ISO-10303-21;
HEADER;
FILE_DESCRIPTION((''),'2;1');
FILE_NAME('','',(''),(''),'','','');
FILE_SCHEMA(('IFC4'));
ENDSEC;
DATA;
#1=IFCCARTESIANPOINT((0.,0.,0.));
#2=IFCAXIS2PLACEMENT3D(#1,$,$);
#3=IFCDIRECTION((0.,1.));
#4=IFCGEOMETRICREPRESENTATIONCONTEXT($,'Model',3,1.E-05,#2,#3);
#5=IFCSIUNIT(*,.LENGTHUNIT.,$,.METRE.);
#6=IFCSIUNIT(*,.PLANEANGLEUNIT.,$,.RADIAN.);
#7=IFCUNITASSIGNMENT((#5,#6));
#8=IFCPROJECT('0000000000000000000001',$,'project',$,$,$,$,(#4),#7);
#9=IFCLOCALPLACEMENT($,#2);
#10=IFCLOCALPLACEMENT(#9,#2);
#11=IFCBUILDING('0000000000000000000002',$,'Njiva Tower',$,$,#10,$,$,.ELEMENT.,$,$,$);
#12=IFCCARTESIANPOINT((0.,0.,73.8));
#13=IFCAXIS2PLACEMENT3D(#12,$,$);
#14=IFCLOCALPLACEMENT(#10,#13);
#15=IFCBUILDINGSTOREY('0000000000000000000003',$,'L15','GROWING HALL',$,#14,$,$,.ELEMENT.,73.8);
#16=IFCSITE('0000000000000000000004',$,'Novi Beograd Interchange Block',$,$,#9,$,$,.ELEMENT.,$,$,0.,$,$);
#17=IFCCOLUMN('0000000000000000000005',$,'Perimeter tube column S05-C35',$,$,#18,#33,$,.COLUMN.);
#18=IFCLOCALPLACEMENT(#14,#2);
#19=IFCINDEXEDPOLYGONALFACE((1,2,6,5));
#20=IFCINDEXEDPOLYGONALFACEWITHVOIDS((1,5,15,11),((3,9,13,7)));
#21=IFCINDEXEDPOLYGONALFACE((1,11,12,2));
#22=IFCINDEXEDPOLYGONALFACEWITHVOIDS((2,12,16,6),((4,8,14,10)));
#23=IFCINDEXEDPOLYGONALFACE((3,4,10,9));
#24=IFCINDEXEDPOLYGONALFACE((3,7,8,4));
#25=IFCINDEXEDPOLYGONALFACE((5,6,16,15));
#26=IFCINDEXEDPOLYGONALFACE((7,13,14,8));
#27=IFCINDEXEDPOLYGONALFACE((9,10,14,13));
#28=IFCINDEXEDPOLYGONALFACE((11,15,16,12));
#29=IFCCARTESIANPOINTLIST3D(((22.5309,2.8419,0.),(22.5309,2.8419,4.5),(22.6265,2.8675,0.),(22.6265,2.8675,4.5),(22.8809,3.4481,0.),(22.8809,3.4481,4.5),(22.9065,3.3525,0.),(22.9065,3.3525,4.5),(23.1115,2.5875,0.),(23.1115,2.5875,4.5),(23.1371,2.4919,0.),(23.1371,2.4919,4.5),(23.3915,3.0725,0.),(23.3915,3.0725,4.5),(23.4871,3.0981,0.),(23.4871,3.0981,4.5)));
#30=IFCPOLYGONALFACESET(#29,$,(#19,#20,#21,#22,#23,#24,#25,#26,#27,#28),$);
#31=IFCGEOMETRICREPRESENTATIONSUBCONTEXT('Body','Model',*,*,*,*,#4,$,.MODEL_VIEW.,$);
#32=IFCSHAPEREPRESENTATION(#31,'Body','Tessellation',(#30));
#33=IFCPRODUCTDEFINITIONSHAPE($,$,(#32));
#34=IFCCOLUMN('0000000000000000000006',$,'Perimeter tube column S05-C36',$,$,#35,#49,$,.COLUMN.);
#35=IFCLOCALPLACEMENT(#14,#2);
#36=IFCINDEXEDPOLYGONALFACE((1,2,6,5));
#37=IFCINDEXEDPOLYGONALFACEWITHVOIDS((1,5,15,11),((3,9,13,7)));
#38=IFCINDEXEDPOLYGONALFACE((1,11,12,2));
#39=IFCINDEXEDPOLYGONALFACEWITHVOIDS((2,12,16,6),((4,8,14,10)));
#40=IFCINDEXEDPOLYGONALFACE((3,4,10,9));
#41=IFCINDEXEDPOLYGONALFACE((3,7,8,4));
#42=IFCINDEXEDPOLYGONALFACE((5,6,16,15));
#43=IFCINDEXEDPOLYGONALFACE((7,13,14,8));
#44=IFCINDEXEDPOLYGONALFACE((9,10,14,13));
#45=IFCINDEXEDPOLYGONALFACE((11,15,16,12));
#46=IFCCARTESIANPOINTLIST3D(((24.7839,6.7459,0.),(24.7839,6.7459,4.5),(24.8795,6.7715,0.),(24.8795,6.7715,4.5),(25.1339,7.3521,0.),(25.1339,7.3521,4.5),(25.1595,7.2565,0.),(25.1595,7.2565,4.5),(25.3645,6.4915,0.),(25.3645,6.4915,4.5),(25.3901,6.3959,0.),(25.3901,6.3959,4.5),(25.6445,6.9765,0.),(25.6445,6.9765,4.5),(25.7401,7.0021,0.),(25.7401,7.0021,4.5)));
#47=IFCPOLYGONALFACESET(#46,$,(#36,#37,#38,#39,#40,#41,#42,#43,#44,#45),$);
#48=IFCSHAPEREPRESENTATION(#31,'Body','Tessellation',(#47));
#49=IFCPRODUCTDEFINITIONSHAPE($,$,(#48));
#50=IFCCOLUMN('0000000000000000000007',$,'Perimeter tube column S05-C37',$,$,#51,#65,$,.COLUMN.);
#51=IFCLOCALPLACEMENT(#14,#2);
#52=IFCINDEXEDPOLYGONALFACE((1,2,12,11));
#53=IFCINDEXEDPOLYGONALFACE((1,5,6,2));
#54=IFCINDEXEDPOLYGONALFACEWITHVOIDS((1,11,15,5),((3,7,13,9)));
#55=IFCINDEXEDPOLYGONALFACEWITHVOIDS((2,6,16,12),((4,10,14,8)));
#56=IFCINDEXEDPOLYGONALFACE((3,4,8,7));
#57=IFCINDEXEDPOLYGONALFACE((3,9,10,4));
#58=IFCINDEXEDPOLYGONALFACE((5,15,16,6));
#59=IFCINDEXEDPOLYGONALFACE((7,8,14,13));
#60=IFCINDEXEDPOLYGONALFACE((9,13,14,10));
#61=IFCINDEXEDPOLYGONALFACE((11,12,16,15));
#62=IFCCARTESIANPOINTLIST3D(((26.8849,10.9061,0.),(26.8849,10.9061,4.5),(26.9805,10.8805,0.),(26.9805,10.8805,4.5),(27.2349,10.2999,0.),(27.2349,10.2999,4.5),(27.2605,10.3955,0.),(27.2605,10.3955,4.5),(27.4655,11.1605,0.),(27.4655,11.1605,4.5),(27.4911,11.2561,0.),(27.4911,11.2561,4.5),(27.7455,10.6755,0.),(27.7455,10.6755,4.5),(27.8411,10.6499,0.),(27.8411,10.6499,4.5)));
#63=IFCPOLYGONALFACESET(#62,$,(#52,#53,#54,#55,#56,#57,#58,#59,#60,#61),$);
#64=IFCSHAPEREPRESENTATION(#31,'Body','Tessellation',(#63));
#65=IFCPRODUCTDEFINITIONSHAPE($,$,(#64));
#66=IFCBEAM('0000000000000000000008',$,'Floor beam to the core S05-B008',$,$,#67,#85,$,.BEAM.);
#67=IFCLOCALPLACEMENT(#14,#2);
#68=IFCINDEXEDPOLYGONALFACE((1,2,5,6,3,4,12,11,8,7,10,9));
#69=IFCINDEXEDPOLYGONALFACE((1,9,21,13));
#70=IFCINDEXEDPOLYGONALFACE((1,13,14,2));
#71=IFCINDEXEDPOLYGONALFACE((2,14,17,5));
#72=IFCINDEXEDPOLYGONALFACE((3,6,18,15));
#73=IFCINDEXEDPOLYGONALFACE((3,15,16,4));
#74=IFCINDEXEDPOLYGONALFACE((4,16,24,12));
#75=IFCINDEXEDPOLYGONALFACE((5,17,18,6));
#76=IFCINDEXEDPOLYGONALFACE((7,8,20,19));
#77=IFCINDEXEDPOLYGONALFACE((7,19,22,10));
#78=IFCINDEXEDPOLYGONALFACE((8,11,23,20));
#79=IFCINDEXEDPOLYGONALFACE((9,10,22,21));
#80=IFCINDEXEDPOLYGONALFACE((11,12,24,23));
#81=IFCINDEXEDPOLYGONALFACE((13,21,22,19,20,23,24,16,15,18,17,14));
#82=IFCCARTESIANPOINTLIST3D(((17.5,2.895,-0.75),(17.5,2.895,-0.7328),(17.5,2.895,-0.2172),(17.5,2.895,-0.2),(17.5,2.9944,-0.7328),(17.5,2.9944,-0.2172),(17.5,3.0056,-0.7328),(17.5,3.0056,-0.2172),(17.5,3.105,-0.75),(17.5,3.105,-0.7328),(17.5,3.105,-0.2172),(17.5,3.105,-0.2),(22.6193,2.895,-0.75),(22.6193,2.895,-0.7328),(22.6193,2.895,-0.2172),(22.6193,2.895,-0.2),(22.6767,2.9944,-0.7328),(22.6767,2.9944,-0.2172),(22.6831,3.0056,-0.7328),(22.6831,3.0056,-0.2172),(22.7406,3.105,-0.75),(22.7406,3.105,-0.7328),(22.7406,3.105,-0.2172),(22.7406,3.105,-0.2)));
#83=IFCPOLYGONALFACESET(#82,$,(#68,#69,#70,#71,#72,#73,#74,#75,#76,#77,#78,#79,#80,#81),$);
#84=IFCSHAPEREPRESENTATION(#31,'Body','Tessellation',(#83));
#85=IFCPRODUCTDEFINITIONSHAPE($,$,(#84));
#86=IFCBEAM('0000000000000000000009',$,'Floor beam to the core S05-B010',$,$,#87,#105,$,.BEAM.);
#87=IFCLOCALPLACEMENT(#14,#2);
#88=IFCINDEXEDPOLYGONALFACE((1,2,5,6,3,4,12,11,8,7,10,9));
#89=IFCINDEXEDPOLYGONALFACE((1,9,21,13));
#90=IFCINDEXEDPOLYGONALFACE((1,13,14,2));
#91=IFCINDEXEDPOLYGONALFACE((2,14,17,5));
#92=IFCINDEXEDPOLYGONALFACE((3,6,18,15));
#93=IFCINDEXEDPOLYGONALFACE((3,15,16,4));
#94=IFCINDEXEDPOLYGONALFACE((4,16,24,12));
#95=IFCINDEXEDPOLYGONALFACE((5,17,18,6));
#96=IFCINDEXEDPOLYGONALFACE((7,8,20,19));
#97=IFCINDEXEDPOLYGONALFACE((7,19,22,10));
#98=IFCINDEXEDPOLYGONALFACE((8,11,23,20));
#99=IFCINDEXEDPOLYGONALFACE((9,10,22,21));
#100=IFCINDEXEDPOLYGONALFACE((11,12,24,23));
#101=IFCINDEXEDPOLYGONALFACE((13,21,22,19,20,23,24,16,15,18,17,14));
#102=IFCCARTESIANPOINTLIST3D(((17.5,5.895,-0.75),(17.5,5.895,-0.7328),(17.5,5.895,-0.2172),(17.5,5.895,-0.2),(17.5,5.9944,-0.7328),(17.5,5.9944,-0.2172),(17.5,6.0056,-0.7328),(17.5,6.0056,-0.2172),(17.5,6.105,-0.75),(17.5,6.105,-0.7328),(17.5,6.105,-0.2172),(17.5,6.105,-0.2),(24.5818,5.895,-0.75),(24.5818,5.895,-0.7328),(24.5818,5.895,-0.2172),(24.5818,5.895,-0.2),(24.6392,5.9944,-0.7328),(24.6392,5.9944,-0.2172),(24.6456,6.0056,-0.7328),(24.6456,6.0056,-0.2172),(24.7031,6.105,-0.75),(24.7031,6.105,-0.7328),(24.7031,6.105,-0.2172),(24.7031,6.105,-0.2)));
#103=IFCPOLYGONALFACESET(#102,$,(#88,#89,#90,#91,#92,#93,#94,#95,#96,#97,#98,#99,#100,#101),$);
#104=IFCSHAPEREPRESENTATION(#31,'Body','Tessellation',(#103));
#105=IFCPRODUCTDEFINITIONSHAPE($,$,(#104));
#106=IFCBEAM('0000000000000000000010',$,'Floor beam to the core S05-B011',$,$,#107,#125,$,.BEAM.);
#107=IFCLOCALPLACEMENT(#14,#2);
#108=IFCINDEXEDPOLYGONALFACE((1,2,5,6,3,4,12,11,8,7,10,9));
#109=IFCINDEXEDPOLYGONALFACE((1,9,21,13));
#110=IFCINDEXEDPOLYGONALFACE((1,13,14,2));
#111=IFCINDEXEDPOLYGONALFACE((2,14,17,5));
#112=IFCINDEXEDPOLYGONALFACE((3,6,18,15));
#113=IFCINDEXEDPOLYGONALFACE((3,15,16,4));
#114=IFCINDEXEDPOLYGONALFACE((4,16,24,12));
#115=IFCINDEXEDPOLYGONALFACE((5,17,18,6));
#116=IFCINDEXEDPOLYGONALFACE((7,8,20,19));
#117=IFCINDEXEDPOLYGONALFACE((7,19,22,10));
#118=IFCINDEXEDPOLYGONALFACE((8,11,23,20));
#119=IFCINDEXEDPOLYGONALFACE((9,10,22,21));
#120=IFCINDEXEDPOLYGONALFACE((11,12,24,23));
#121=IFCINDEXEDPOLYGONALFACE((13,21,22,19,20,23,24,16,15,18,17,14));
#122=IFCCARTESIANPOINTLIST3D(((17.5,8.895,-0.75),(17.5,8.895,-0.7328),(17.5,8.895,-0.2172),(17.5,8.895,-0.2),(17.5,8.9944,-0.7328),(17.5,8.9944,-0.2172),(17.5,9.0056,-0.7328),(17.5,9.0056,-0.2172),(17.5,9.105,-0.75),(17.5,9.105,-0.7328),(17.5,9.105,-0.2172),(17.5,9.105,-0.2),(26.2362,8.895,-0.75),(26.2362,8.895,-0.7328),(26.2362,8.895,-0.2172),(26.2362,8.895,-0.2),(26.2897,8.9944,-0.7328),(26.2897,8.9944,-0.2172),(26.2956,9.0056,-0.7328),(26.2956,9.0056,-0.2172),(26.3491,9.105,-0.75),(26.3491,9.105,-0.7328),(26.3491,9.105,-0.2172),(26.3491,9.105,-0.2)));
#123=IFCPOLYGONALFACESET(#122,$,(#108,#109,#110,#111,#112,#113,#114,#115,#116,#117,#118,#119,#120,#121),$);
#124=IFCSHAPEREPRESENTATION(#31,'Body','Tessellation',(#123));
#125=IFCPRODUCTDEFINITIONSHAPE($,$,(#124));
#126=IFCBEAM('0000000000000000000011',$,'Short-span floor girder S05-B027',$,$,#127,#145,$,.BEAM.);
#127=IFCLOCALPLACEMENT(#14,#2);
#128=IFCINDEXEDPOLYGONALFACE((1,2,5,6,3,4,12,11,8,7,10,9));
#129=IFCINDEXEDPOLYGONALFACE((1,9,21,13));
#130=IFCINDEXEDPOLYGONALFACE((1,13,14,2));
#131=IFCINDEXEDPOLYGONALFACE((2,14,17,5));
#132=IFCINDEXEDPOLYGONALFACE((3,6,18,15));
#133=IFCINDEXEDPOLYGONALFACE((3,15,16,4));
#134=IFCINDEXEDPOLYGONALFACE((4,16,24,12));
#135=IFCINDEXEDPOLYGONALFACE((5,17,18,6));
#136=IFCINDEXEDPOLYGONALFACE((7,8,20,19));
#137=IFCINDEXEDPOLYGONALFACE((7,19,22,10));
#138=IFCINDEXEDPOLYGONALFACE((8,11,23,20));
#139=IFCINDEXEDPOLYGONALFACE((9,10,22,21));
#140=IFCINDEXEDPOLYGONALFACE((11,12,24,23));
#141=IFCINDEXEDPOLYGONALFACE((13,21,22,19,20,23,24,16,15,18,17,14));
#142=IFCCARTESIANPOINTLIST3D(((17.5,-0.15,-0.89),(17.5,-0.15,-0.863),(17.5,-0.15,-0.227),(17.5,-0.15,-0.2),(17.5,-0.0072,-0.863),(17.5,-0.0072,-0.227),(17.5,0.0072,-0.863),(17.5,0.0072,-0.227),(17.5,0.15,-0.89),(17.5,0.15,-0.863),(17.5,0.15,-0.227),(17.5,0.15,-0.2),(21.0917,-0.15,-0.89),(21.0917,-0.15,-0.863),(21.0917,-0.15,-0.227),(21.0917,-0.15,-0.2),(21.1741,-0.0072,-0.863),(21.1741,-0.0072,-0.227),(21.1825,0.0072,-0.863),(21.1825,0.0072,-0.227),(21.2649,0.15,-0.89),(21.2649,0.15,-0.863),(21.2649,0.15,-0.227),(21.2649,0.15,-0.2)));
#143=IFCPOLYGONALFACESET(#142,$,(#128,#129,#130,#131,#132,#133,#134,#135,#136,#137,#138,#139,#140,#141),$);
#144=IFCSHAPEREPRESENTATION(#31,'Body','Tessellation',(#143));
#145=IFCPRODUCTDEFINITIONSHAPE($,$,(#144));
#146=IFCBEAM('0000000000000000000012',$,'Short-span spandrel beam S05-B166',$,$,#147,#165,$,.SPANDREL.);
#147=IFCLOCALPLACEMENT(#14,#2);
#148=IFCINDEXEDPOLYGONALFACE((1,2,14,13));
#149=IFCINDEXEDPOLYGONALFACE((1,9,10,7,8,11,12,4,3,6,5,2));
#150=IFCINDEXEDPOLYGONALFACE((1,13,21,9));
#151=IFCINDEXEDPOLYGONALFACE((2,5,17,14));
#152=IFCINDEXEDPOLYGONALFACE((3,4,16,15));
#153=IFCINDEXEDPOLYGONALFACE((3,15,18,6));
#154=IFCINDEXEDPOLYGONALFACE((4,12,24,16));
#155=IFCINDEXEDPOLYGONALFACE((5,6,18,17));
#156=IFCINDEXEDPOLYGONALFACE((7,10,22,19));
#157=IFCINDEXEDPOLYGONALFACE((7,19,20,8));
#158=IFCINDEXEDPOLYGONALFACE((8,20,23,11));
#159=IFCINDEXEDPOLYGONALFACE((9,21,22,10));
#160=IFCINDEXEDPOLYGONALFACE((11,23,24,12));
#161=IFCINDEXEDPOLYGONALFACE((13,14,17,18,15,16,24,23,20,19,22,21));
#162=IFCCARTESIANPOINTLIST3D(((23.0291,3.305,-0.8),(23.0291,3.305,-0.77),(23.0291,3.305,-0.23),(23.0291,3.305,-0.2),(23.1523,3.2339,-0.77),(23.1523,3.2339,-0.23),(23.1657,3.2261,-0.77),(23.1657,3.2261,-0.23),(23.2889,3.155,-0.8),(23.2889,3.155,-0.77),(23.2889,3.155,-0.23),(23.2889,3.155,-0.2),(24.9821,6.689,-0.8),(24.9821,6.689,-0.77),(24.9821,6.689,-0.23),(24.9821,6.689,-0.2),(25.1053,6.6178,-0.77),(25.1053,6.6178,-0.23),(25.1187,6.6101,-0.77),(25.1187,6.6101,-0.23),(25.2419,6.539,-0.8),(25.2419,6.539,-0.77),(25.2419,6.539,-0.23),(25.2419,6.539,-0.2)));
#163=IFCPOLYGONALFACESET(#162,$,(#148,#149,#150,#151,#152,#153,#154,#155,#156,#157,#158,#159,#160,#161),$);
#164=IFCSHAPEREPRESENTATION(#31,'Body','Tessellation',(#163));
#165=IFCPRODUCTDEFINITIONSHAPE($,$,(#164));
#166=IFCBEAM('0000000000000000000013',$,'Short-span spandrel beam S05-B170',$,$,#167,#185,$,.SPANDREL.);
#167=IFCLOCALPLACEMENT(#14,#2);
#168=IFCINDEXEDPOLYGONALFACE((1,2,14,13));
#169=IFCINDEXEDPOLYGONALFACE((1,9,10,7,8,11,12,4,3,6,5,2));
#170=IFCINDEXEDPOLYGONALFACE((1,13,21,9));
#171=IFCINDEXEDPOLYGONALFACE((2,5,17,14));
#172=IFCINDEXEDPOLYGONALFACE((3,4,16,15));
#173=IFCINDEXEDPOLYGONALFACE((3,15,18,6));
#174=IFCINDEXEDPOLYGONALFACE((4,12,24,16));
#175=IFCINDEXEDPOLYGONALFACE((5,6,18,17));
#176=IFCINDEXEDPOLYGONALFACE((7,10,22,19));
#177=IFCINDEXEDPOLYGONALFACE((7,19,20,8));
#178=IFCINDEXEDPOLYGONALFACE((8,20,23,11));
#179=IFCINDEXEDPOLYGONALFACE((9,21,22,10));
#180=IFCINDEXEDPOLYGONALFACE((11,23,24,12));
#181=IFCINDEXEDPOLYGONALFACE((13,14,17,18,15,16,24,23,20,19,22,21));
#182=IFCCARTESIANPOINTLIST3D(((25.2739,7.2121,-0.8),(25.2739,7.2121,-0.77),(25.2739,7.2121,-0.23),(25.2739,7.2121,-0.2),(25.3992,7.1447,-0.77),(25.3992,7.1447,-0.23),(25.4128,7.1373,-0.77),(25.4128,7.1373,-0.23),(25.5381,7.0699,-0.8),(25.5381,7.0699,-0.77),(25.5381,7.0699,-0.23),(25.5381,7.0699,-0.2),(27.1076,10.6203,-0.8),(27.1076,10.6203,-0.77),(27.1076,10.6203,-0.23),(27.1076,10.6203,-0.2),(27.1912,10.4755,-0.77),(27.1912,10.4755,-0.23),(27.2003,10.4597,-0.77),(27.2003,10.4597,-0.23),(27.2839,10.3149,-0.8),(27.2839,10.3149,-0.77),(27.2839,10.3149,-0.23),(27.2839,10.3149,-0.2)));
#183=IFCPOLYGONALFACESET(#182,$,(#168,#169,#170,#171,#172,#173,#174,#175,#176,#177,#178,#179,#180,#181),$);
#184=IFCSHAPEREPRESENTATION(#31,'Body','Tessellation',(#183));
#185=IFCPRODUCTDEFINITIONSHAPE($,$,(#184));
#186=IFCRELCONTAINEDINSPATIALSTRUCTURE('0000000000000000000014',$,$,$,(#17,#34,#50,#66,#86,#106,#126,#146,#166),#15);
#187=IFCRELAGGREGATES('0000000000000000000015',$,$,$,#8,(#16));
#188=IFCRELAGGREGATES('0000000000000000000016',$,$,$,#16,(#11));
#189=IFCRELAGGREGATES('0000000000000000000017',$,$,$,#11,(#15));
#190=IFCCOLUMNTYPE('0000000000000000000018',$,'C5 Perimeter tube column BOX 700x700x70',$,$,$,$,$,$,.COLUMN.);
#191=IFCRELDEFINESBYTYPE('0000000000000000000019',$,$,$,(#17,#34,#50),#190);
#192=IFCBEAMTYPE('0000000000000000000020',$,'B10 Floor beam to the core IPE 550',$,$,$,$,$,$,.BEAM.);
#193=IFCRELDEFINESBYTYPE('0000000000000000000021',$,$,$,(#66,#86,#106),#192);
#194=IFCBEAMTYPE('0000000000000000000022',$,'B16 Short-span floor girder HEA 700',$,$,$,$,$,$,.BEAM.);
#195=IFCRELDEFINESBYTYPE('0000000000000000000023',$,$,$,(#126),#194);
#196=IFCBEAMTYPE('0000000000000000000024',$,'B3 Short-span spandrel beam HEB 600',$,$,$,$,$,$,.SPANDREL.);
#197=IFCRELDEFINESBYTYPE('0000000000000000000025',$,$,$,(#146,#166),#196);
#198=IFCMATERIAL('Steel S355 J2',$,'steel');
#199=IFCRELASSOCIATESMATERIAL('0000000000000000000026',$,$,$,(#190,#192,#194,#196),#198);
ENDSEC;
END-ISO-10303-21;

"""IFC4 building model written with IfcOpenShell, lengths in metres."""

from ifc_helpers import new_model, si_unit, direction, frame, origin, origin_2d, place, context, subcontext, project, spatial, hollow_rectangle, i_section, extrude, clip, halfspace, material, material_profile, profile_set, type_object, element, save


model = new_model("IFC4")

# Units and contexts
model_context = context("Model", 3, precision=1e-05, world=origin(), true_north=direction((0.0, 1.0)))
body_context = subcontext(model_context, "Body", "Model", "MODEL_VIEW")
ifc_project = project(units=[si_unit("LENGTHUNIT", "METRE"), si_unit("PLANEANGLEUNIT", "RADIAN")], contexts=[model_context])

# Site, building, storey
site_placement = place(None, origin())
site = spatial("IfcSite", under=ifc_project, at=site_placement, Name="Novi Beograd Interchange Block", CompositionType="ELEMENT", RefElevation=0.0)
building_placement = place(site_placement, origin())
building = spatial("IfcBuilding", under=site, at=building_placement, Name="Njiva Tower", CompositionType="ELEMENT")
storey_placement = place(building_placement, frame((0.0, 0.0, 73.8)))
storey = spatial("IfcBuildingStorey", under=building, at=storey_placement, Name="L15", Description="GROWING HALL", CompositionType="ELEMENT", Elevation=73.8)

# Columns
ifc_material_1 = material(Name="Steel S355 J2", Category="steel")
ifc_material_profile_1 = material_profile(ifc_material_1, hollow_rectangle(XDim=0.7, YDim=0.7, WallThickness=0.07, at=origin_2d()), Name="BOX 700x700x70")
ifc_profile_set_1 = profile_set([ifc_material_profile_1], Name="Steel S355 J2")
column_type = type_object("IfcColumnType", Name="C5 Perimeter tube column BOX 700x700x70", PredefinedType="COLUMN", material=ifc_profile_set_1)
for number, where, z_axis, x_axis, name in (
    (1, (23.009, 2.97, 0.0), (0.0, 0.0, 1.0), (0.5, 0.866025, 0.0), "Perimeter tube column S05-C35"),
    (2, (25.262, 6.874, 0.0), (0.0, 0.0, 1.0), (0.5, 0.866025, 0.0), "Perimeter tube column S05-C36"),
    (3, (27.363, 10.778, 0.0), (0.0, 0.0, 1.0), (-0.5, 0.866025, 0.0), "Perimeter tube column S05-C37"),
):
    element("IfcColumn", number, at=place(storey_placement, frame(where, z_axis=z_axis, x_axis=x_axis)), inside=storey, type_object=column_type, Name=name, PredefinedType="COLUMN", context=body_context, shape_type="SweptSolid", body=[
        extrude(hollow_rectangle(XDim=0.7, YDim=0.7, WallThickness=0.07, at=origin_2d()), origin(), (0.0, 0.0, 1.0), 4.5),
    ])

# Beams
ifc_material_profile_2 = material_profile(ifc_material_1, i_section(OverallWidth=0.21, OverallDepth=0.55, WebThickness=0.0111, FlangeThickness=0.0172, at=origin_2d()), Name="IPE 550")
ifc_profile_set_2 = profile_set([ifc_material_profile_2], Name="Steel S355 J2")
beam_type_1 = type_object("IfcBeamType", Name="B10 Floor beam to the core IPE 550", PredefinedType="BEAM", material=ifc_profile_set_2)
beam_1_placement = place(storey_placement, frame((17.5, 3.0, -0.475), z_axis=(1.0, 0.0, 0.0), x_axis=(0.0, 1.0, 0.0)))
element("IfcBeam", 4, at=beam_1_placement, inside=storey, type_object=beam_type_1, Name="Floor beam to the core S05-B008", PredefinedType="BEAM", context=body_context, shape_type="Clipping", body=[
    clip(extrude(i_section(OverallWidth=0.21, OverallDepth=0.55, WebThickness=0.0111, FlangeThickness=0.0172, at=origin_2d()), origin(), (0.0, 0.0, 1.0), 5.261), halfspace(frame((-0.025, 0.0, 5.1655), z_axis=(-0.499998, 0.0, 0.866027), x_axis=(0.0, 1.0, 0.0)), False)),
])
beam_2_placement = place(storey_placement, frame((17.5, 6.0, -0.475), z_axis=(1.0, 0.0, 0.0), x_axis=(0.0, 1.0, 0.0)))
element("IfcBeam", 5, at=beam_2_placement, inside=storey, type_object=beam_type_1, Name="Floor beam to the core S05-B010", PredefinedType="BEAM", context=body_context, shape_type="Clipping", body=[
    clip(extrude(i_section(OverallWidth=0.21, OverallDepth=0.55, WebThickness=0.0111, FlangeThickness=0.0172, at=origin_2d()), origin(), (0.0, 0.0, 1.0), 7.223), halfspace(frame((-0.025, 0.0, 7.128), z_axis=(-0.499998, 0.0, 0.866027), x_axis=(0.0, 1.0, 0.0)), False)),
])
beam_3_placement = place(storey_placement, frame((17.5, 9.0, -0.475), z_axis=(1.0, 0.0, 0.0), x_axis=(0.0, 1.0, 0.0)))
element("IfcBeam", 6, at=beam_3_placement, inside=storey, type_object=beam_type_1, Name="Floor beam to the core S05-B011", PredefinedType="BEAM", context=body_context, shape_type="Clipping", body=[
    clip(extrude(i_section(OverallWidth=0.21, OverallDepth=0.55, WebThickness=0.0111, FlangeThickness=0.0172, at=origin_2d()), origin(), (0.0, 0.0, 1.0), 8.869), halfspace(frame((-0.0237, 0.0, 8.7799), z_axis=(-0.473769, 0.0, 0.880649), x_axis=(0.0, 1.0, 0.0)), False)),
])
ifc_material_profile_3 = material_profile(ifc_material_1, i_section(OverallWidth=0.3, OverallDepth=0.69, WebThickness=0.0145, FlangeThickness=0.027, at=origin_2d()), Name="HEA 700")
ifc_profile_set_3 = profile_set([ifc_material_profile_3], Name="Steel S355 J2")
beam_type_2 = type_object("IfcBeamType", Name="B16 Short-span floor girder HEA 700", PredefinedType="BEAM", material=ifc_profile_set_3)
beam_4_placement = place(storey_placement, frame((17.5, 0.0, -0.545), z_axis=(1.0, 0.0, 0.0), x_axis=(0.0, 1.0, 0.0)))
element("IfcBeam", 7, at=beam_4_placement, inside=storey, type_object=beam_type_2, Name="Short-span floor girder S05-B027", PredefinedType="BEAM", context=body_context, shape_type="Clipping", body=[
    clip(extrude(i_section(OverallWidth=0.3, OverallDepth=0.69, WebThickness=0.0145, FlangeThickness=0.027, at=origin_2d()), origin(), (0.0, 0.0, 1.0), 3.785), halfspace(frame((-0.025, 0.0, 3.6639), z_axis=(-0.499998, 0.0, 0.866027), x_axis=(0.0, 1.0, 0.0)), False)),
])
ifc_material_profile_4 = material_profile(ifc_material_1, i_section(OverallWidth=0.3, OverallDepth=0.6, WebThickness=0.0155, FlangeThickness=0.03, at=origin_2d()), Name="HEB 600")
ifc_profile_set_4 = profile_set([ifc_material_profile_4], Name="Steel S355 J2")
beam_type_3 = type_object("IfcBeamType", Name="B3 Short-span spandrel beam HEB 600", PredefinedType="SPANDREL", material=ifc_profile_set_4)
beam_5_placement = place(storey_placement, frame((23.159, 3.23, -0.5), z_axis=(0.499855, 0.866109, 0.0), x_axis=(-0.866109, 0.499855, 0.0)))
element("IfcBeam", 8, at=beam_5_placement, inside=storey, type_object=beam_type_3, Name="Short-span spandrel beam S05-B166", PredefinedType="SPANDREL", context=body_context, shape_type="SweptSolid", body=[
    extrude(i_section(OverallWidth=0.3, OverallDepth=0.6, WebThickness=0.0155, FlangeThickness=0.03, at=origin_2d()), origin(), (0.0, 0.0, 1.0), 3.9071),
])
beam_6_placement = place(storey_placement, frame((25.406, 7.141, -0.5), z_axis=(0.4738, 0.880633, 0.0), x_axis=(-0.880633, 0.4738, 0.0)))
element("IfcBeam", 9, at=beam_6_placement, inside=storey, type_object=beam_type_3, Name="Short-span spandrel beam S05-B170", PredefinedType="SPANDREL", context=body_context, shape_type="Clipping", body=[
    clip(extrude(i_section(OverallWidth=0.3, OverallDepth=0.6, WebThickness=0.0155, FlangeThickness=0.03, at=origin_2d()), origin(), (0.0, 0.0, 1.0), 3.891), halfspace(frame((-0.0262, 0.0, 3.7613), z_axis=(-0.525752, 0.0, 0.850638), x_axis=(0.0, 1.0, 0.0)), False)),
])

save(model, "model.ifc")
